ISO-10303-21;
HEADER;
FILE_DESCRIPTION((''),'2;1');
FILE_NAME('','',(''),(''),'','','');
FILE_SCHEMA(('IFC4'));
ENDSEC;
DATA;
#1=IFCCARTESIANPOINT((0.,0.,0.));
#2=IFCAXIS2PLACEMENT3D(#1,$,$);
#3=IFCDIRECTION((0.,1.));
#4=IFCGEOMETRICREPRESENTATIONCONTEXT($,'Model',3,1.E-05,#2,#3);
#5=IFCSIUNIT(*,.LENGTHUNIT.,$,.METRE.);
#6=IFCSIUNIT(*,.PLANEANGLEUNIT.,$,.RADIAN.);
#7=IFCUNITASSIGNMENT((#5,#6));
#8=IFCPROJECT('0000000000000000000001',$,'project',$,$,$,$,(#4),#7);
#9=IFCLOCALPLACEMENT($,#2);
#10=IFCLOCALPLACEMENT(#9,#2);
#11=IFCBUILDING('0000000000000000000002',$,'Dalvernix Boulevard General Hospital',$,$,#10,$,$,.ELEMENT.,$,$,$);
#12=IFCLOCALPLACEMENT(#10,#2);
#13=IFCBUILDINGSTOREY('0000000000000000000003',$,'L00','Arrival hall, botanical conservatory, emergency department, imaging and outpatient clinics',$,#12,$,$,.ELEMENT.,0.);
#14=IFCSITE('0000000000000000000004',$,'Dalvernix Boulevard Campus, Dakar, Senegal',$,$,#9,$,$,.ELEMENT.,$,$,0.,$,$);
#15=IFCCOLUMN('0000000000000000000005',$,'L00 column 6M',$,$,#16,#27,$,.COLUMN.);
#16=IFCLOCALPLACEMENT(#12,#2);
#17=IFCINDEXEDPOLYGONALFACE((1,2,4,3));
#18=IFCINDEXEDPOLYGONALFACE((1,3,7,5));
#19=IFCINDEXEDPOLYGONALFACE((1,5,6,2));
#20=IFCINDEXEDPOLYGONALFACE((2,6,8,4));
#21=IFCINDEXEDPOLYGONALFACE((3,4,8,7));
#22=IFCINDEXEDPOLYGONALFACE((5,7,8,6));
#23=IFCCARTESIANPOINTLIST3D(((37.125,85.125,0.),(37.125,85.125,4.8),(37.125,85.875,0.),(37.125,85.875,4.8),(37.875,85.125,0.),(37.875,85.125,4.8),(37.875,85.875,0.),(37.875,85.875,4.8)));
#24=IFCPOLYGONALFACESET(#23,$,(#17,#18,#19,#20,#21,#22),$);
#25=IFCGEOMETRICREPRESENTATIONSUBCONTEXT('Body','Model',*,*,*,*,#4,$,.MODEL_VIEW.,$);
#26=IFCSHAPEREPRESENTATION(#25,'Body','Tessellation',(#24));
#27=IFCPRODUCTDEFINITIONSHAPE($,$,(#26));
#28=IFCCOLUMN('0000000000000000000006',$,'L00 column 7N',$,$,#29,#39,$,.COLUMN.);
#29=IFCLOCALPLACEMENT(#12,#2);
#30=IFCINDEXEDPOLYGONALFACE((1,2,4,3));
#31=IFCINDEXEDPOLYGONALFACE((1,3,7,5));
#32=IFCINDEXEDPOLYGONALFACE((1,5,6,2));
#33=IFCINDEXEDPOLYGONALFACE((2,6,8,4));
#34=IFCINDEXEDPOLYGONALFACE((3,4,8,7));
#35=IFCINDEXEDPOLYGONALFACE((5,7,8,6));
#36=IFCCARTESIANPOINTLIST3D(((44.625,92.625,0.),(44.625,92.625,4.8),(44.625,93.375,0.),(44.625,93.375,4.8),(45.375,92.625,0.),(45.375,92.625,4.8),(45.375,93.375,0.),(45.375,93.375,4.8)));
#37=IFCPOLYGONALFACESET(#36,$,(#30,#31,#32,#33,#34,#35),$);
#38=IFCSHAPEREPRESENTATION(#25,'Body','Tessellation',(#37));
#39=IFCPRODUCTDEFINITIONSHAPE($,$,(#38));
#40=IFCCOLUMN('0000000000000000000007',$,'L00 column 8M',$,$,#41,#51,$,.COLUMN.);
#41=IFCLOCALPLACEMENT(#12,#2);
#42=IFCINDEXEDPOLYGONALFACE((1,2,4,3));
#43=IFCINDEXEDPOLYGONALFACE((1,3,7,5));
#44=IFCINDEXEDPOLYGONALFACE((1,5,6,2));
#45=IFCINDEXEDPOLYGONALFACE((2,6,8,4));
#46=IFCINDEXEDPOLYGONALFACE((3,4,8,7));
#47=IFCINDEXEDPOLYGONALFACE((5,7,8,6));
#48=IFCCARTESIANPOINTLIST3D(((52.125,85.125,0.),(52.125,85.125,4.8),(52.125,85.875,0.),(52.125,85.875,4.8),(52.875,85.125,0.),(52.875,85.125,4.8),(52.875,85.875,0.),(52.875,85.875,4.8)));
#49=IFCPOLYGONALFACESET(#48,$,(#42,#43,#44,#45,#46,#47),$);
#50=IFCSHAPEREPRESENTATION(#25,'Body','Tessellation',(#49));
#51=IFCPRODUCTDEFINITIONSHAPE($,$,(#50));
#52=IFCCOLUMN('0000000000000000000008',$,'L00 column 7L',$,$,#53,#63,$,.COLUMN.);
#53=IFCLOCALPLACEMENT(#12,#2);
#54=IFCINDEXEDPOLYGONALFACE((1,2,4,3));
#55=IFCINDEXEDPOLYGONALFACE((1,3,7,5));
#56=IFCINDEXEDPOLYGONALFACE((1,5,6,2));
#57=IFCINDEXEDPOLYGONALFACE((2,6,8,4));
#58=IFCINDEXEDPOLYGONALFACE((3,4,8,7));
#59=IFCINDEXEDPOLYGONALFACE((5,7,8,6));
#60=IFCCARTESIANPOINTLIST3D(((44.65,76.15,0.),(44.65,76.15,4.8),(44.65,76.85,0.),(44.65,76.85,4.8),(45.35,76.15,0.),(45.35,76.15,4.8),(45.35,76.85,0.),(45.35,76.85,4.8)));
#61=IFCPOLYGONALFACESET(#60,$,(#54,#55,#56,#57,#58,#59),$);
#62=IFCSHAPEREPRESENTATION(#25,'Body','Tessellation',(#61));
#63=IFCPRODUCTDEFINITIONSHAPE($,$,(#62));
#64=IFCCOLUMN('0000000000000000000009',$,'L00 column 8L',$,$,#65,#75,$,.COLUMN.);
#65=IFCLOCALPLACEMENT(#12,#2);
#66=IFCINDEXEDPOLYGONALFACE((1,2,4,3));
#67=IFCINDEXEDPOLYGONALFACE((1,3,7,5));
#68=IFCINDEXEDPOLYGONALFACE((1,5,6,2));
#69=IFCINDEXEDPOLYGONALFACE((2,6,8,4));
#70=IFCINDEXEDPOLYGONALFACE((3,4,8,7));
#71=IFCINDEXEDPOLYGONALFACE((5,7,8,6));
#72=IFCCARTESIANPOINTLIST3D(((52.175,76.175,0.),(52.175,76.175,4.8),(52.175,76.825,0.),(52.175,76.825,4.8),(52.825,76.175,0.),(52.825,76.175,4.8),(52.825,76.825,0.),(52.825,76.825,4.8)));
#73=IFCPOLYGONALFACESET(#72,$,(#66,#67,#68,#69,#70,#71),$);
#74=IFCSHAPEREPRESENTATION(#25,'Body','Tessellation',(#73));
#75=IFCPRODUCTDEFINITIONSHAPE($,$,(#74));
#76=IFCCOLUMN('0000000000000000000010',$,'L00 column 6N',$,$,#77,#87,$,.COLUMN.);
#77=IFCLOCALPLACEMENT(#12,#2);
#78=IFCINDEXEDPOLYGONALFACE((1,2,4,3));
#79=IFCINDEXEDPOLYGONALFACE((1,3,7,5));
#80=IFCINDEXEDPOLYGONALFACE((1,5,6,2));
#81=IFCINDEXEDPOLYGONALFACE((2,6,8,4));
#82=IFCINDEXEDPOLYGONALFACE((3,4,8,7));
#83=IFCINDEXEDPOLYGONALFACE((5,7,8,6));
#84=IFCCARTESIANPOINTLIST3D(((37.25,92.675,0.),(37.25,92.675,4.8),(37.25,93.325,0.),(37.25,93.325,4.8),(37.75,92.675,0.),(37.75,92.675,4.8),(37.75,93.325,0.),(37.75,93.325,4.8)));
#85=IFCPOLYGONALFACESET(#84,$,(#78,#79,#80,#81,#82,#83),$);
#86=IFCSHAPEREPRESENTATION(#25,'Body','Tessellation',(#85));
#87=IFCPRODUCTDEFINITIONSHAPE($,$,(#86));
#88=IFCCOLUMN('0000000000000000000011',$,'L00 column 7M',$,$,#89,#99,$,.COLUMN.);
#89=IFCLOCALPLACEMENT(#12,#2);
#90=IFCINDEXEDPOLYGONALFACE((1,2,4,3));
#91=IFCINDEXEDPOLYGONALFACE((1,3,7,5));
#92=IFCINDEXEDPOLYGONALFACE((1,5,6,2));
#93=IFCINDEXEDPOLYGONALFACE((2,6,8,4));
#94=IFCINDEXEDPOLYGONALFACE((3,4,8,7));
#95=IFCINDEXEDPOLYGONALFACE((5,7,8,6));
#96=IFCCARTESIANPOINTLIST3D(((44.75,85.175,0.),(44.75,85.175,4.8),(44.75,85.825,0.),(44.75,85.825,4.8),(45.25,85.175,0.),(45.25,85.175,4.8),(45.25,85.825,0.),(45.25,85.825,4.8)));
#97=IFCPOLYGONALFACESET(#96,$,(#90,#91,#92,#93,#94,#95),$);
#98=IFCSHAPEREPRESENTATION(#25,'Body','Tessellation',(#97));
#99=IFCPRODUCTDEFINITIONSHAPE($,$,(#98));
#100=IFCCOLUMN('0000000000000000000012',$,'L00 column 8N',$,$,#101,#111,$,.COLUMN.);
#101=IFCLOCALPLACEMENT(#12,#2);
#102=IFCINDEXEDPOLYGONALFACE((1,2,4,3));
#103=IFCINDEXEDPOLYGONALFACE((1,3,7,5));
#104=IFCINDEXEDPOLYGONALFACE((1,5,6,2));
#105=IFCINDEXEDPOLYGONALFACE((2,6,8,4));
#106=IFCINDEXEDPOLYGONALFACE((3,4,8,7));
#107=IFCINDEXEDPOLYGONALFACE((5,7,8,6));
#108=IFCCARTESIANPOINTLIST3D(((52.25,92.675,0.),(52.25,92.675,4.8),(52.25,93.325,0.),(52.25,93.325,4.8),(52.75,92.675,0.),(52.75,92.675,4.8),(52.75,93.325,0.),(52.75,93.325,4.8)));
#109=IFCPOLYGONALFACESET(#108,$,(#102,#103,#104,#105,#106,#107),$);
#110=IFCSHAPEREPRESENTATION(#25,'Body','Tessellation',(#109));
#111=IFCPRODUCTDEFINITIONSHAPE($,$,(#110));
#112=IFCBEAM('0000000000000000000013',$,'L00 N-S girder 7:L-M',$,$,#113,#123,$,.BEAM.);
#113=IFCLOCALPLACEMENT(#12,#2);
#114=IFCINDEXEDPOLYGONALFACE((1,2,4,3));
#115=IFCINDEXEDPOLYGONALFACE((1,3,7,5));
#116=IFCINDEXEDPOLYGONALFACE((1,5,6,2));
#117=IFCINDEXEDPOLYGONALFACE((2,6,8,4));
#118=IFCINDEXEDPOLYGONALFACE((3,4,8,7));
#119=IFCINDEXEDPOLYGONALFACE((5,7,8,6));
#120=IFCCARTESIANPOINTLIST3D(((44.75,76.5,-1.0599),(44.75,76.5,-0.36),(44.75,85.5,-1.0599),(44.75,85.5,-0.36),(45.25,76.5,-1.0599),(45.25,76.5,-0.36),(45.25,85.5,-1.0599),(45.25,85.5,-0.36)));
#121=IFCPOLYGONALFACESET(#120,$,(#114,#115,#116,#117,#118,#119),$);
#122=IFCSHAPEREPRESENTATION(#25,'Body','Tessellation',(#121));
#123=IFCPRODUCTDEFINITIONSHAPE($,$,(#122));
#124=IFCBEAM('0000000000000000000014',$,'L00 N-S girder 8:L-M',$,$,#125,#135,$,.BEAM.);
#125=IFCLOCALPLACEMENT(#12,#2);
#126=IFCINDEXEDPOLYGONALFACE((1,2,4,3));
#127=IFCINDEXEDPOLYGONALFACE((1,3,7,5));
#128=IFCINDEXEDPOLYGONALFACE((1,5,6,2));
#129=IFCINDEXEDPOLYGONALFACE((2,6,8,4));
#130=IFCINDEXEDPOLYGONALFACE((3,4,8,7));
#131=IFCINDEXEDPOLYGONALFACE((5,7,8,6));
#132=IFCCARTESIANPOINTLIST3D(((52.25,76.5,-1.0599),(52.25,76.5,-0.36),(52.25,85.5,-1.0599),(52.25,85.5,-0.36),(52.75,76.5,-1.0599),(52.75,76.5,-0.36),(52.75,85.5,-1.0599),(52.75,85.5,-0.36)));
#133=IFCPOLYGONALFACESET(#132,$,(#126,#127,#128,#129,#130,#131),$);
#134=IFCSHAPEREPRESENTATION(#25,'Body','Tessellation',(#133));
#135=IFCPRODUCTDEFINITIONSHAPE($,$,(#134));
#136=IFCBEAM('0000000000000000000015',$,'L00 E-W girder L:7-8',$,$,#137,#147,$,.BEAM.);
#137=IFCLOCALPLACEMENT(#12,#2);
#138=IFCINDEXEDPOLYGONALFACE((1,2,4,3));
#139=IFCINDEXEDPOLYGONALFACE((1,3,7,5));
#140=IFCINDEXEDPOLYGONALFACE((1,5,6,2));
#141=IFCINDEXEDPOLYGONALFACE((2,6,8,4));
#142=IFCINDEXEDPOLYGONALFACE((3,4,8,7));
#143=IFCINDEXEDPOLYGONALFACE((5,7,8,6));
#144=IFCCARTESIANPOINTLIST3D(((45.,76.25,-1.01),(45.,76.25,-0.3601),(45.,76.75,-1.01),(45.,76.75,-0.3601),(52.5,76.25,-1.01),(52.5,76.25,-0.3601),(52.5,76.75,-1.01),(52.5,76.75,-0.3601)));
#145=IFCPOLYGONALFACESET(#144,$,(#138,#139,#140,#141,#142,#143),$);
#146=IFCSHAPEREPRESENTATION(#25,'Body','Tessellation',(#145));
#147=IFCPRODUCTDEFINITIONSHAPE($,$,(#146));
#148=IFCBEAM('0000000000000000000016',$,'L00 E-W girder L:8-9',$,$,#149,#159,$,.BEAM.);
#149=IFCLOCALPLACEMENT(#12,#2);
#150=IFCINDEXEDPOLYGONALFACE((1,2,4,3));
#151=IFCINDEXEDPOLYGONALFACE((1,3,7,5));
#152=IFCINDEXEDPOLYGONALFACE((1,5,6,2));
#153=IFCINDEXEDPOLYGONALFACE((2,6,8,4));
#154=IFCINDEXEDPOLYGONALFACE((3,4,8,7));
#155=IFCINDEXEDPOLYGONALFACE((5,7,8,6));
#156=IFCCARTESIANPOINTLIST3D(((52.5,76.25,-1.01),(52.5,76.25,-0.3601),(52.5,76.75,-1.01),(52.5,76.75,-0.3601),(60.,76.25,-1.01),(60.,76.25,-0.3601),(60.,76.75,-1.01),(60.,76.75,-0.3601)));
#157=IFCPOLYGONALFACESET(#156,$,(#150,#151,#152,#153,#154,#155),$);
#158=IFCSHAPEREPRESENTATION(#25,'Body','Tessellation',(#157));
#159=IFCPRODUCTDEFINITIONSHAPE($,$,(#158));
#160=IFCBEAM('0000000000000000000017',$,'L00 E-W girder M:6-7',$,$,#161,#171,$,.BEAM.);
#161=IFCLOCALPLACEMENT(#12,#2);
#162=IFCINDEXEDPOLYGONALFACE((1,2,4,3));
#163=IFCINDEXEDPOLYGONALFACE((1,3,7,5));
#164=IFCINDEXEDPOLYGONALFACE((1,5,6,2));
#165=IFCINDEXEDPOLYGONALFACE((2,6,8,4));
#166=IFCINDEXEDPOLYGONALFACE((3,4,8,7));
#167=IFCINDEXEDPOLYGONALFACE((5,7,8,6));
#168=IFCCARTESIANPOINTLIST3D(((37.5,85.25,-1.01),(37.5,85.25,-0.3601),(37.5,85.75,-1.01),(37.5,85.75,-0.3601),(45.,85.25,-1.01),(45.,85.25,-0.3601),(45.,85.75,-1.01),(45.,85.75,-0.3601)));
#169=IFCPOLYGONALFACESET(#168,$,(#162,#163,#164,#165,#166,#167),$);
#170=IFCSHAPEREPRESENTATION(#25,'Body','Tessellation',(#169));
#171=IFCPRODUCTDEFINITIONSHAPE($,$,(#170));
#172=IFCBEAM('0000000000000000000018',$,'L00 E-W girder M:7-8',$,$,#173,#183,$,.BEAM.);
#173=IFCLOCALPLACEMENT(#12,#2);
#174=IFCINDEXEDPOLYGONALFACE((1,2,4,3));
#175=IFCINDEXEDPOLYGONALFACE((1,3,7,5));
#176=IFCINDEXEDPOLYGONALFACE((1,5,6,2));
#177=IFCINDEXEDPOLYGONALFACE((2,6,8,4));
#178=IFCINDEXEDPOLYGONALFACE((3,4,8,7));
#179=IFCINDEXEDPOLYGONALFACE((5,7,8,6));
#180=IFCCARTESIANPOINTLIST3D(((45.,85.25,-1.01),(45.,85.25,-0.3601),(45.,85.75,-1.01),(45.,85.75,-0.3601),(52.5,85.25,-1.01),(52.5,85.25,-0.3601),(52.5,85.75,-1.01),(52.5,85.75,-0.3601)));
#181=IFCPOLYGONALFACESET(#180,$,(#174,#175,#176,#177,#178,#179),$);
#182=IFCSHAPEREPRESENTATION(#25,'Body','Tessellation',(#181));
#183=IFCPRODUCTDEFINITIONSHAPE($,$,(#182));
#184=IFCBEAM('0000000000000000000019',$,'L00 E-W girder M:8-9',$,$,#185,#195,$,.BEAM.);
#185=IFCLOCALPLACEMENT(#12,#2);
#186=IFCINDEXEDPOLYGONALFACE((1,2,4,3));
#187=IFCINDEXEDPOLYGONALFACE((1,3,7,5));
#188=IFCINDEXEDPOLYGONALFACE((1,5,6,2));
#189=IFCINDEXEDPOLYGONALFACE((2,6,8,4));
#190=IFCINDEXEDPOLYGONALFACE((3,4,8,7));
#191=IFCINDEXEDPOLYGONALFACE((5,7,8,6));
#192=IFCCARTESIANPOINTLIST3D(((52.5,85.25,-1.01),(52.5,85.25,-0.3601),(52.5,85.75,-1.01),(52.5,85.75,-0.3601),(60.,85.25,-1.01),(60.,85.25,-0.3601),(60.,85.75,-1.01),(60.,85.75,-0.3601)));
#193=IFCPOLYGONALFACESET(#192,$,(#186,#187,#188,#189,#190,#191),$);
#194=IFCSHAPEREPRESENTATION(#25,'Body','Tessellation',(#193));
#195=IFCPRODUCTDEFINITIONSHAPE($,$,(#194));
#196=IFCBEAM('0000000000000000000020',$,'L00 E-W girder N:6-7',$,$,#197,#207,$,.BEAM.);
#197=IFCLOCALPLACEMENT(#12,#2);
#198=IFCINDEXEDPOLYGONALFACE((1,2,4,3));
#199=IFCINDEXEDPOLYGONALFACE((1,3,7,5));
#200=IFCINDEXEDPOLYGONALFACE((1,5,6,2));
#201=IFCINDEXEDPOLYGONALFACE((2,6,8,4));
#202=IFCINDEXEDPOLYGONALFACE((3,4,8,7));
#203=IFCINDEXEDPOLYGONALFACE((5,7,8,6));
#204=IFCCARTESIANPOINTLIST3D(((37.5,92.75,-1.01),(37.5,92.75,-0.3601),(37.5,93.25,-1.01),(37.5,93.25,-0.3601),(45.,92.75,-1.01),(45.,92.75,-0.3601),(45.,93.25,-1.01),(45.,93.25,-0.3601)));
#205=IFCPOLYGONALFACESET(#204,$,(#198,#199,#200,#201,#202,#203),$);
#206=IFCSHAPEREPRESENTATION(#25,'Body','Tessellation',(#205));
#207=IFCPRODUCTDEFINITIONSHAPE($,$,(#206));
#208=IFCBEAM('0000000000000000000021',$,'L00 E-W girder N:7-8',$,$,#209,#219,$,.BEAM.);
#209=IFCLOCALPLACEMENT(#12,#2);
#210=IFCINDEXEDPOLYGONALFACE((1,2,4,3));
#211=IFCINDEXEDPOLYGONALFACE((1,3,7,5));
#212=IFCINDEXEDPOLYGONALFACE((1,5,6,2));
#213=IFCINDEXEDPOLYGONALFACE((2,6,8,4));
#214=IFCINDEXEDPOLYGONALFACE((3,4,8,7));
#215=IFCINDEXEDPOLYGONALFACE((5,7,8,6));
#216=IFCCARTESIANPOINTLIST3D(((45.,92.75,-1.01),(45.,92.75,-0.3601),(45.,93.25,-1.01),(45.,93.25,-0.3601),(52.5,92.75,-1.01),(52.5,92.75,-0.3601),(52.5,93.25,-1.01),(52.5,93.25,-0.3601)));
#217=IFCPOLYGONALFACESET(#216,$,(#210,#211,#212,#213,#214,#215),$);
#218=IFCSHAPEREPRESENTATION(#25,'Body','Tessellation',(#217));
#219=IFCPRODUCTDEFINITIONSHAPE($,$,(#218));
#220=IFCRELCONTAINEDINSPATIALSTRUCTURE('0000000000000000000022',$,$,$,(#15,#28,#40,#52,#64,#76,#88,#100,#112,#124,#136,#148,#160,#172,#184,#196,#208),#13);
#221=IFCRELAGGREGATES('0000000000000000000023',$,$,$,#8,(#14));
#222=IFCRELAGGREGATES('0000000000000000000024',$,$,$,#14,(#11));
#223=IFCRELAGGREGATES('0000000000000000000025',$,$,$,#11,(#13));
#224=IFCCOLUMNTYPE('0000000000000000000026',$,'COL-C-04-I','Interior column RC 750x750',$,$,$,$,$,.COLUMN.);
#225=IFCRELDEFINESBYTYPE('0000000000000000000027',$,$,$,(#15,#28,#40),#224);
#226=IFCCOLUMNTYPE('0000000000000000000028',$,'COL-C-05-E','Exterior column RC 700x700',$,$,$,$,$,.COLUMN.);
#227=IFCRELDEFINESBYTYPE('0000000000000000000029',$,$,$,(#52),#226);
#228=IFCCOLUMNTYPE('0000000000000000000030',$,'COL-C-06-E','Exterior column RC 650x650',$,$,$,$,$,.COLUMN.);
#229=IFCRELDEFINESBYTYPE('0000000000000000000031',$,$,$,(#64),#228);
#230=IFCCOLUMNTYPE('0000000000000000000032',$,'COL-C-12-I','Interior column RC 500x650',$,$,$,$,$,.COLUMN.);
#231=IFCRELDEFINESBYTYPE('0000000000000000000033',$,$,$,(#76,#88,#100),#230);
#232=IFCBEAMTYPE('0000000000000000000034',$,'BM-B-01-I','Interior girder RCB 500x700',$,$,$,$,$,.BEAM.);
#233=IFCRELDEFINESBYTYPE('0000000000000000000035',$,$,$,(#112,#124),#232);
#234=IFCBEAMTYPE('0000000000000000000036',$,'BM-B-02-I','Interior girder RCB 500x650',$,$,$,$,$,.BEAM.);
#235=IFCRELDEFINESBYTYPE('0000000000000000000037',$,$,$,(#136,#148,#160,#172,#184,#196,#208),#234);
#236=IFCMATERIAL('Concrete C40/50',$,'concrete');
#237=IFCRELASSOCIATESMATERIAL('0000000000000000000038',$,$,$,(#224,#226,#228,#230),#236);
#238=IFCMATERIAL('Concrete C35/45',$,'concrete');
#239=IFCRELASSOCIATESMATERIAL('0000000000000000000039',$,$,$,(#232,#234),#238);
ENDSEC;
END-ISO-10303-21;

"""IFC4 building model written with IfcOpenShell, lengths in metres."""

from ifc_helpers import new_model, si_unit, direction, frame, origin, origin_2d, place, context, subcontext, project, spatial, rectangle, extrude, material, material_profile, profile_set, type_object, element, save


model = new_model("IFC4")

# Units and contexts
model_context = context("Model", 3, precision=1e-05, world=origin(), true_north=direction((0.0, 1.0)))
body_context = subcontext(model_context, "Body", "Model", "MODEL_VIEW")
ifc_project = project(units=[si_unit("LENGTHUNIT", "METRE"), si_unit("PLANEANGLEUNIT", "RADIAN")], contexts=[model_context])

# Site, building, storey
site_placement = place(None, origin())
site = spatial("IfcSite", under=ifc_project, at=site_placement, Name="Dalvernix Boulevard Campus, Dakar, Senegal", CompositionType="ELEMENT", RefElevation=0.0)
building_placement = place(site_placement, origin())
building = spatial("IfcBuilding", under=site, at=building_placement, Name="Dalvernix Boulevard General Hospital", CompositionType="ELEMENT")
storey_placement = place(building_placement, origin())
storey = spatial("IfcBuildingStorey", under=building, at=storey_placement, Name="L00", Description="Arrival hall, botanical conservatory, emergency department, imaging and outpatient clinics", CompositionType="ELEMENT", Elevation=0.0)

# Columns
ifc_material_1 = material(Name="Concrete C40/50", Category="concrete")
ifc_material_profile_1 = material_profile(ifc_material_1, rectangle(XDim=0.75, YDim=0.75, at=origin_2d()), Name="RC 750x750")
ifc_profile_set_1 = profile_set([ifc_material_profile_1], Name="Concrete C40/50")
column_type_1 = type_object("IfcColumnType", Name="COL-C-04-I", Description="Interior column RC 750x750", PredefinedType="COLUMN", material=ifc_profile_set_1)
for number, where, z_axis, x_axis, name in (
    (1, (37.5, 85.5, 0.0), (0.0, 0.0, 1.0), (1.0, 0.0, 0.0), "L00 column 6M"),
    (2, (45.0, 93.0, 0.0), (0.0, 0.0, 1.0), (1.0, 0.0, 0.0), "L00 column 7N"),
    (3, (52.5, 85.5, 0.0), (0.0, 0.0, 1.0), (1.0, 0.0, 0.0), "L00 column 8M"),
):
    element("IfcColumn", number, at=place(storey_placement, frame(where, z_axis=z_axis, x_axis=x_axis)), inside=storey, type_object=column_type_1, Name=name, PredefinedType="COLUMN", context=body_context, shape_type="SweptSolid", body=[
        extrude(rectangle(XDim=0.75, YDim=0.75, at=origin_2d()), origin(), (0.0, 0.0, 1.0), 4.8),
    ])
ifc_material_profile_2 = material_profile(ifc_material_1, rectangle(XDim=0.7, YDim=0.7, at=origin_2d()), Name="RC 700x700")
ifc_profile_set_2 = profile_set([ifc_material_profile_2], Name="Concrete C40/50")
column_type_2 = type_object("IfcColumnType", Name="COL-C-05-E", Description="Exterior column RC 700x700", PredefinedType="COLUMN", material=ifc_profile_set_2)
column_1_placement = place(storey_placement, frame((45.0, 76.5, 0.0), z_axis=(0.0, 0.0, 1.0), x_axis=(1.0, 0.0, 0.0)))
element("IfcColumn", 4, at=column_1_placement, inside=storey, type_object=column_type_2, Name="L00 column 7L", PredefinedType="COLUMN", context=body_context, shape_type="SweptSolid", body=[
    extrude(rectangle(XDim=0.7, YDim=0.7, at=origin_2d()), origin(), (0.0, 0.0, 1.0), 4.8),
])
ifc_material_profile_3 = material_profile(ifc_material_1, rectangle(XDim=0.6499, YDim=0.6499, at=origin_2d()), Name="RC 650x650")
ifc_profile_set_3 = profile_set([ifc_material_profile_3], Name="Concrete C40/50")
column_type_3 = type_object("IfcColumnType", Name="COL-C-06-E", Description="Exterior column RC 650x650", PredefinedType="COLUMN", material=ifc_profile_set_3)
column_2_placement = place(storey_placement, frame((52.5, 76.5, 0.0), z_axis=(0.0, 0.0, 1.0), x_axis=(1.0, 0.0, 0.0)))
element("IfcColumn", 5, at=column_2_placement, inside=storey, type_object=column_type_3, Name="L00 column 8L", PredefinedType="COLUMN", context=body_context, shape_type="SweptSolid", body=[
    extrude(rectangle(XDim=0.6499, YDim=0.6499, at=origin_2d()), origin(), (0.0, 0.0, 1.0), 4.8),
])
ifc_material_profile_4 = material_profile(ifc_material_1, rectangle(XDim=0.5, YDim=0.6499, at=origin_2d()), Name="RC 500x650")
ifc_profile_set_4 = profile_set([ifc_material_profile_4], Name="Concrete C40/50")
column_type_4 = type_object("IfcColumnType", Name="COL-C-12-I", Description="Interior column RC 500x650", PredefinedType="COLUMN", material=ifc_profile_set_4)
for number, where, z_axis, x_axis, name in (
    (6, (37.5, 93.0, 0.0), (0.0, 0.0, 1.0), (1.0, 0.0, 0.0), "L00 column 6N"),
    (7, (45.0, 85.5, 0.0), (0.0, 0.0, 1.0), (1.0, 0.0, 0.0), "L00 column 7M"),
    (8, (52.5, 93.0, 0.0), (0.0, 0.0, 1.0), (1.0, 0.0, 0.0), "L00 column 8N"),
):
    element("IfcColumn", number, at=place(storey_placement, frame(where, z_axis=z_axis, x_axis=x_axis)), inside=storey, type_object=column_type_4, Name=name, PredefinedType="COLUMN", context=body_context, shape_type="SweptSolid", body=[
        extrude(rectangle(XDim=0.5, YDim=0.6499, at=origin_2d()), origin(), (0.0, 0.0, 1.0), 4.8),
    ])

# Beams
ifc_material_2 = material(Name="Concrete C35/45", Category="concrete")
ifc_material_profile_5 = material_profile(ifc_material_2, rectangle(XDim=0.5, YDim=0.7, at=origin_2d()), Name="RCB 500x700")
ifc_profile_set_5 = profile_set([ifc_material_profile_5], Name="Concrete C35/45")
beam_type_1 = type_object("IfcBeamType", Name="BM-B-01-I", Description="Interior girder RCB 500x700", PredefinedType="BEAM", material=ifc_profile_set_5)
for number, where, z_axis, x_axis, name in (
    (9, (45.0, 76.5, -0.71), (0.0, 1.0, 0.0), (-1.0, 0.0, 0.0), "L00 N-S girder 7:L-M"),
    (10, (52.5, 76.5, -0.71), (0.0, 1.0, 0.0), (-1.0, 0.0, 0.0), "L00 N-S girder 8:L-M"),
):
    element("IfcBeam", number, at=place(storey_placement, frame(where, z_axis=z_axis, x_axis=x_axis)), inside=storey, type_object=beam_type_1, Name=name, PredefinedType="BEAM", context=body_context, shape_type="SweptSolid", body=[
        extrude(rectangle(XDim=0.5, YDim=0.7, at=origin_2d()), origin(), (0.0, 0.0, 1.0), 9.0),
    ])
ifc_material_profile_6 = material_profile(ifc_material_2, rectangle(XDim=0.5, YDim=0.6499, at=origin_2d()), Name="RCB 500x650")
ifc_profile_set_6 = profile_set([ifc_material_profile_6], Name="Concrete C35/45")
beam_type_2 = type_object("IfcBeamType", Name="BM-B-02-I", Description="Interior girder RCB 500x650", PredefinedType="BEAM", material=ifc_profile_set_6)
for number, where, z_axis, x_axis, name in (
    (11, (45.0, 76.5, -0.6851), (1.0, 0.0, 0.0), (0.0, 1.0, 0.0), "L00 E-W girder L:7-8"),
    (12, (52.5, 76.5, -0.6851), (1.0, 0.0, 0.0), (0.0, 1.0, 0.0), "L00 E-W girder L:8-9"),
    (13, (37.5, 85.5, -0.6851), (1.0, 0.0, 0.0), (0.0, 1.0, 0.0), "L00 E-W girder M:6-7"),
    (14, (45.0, 85.5, -0.6851), (1.0, 0.0, 0.0), (0.0, 1.0, 0.0), "L00 E-W girder M:7-8"),
    (15, (52.5, 85.5, -0.6851), (1.0, 0.0, 0.0), (0.0, 1.0, 0.0), "L00 E-W girder M:8-9"),
    (16, (37.5, 93.0, -0.6851), (1.0, 0.0, 0.0), (0.0, 1.0, 0.0), "L00 E-W girder N:6-7"),
    (17, (45.0, 93.0, -0.6851), (1.0, 0.0, 0.0), (0.0, 1.0, 0.0), "L00 E-W girder N:7-8"),
):
    element("IfcBeam", number, at=place(storey_placement, frame(where, z_axis=z_axis, x_axis=x_axis)), inside=storey, type_object=beam_type_2, Name=name, PredefinedType="BEAM", context=body_context, shape_type="SweptSolid", body=[
        extrude(rectangle(XDim=0.5, YDim=0.6499, at=origin_2d()), origin(), (0.0, 0.0, 1.0), 7.5),
    ])

save(model, "model.ifc")
